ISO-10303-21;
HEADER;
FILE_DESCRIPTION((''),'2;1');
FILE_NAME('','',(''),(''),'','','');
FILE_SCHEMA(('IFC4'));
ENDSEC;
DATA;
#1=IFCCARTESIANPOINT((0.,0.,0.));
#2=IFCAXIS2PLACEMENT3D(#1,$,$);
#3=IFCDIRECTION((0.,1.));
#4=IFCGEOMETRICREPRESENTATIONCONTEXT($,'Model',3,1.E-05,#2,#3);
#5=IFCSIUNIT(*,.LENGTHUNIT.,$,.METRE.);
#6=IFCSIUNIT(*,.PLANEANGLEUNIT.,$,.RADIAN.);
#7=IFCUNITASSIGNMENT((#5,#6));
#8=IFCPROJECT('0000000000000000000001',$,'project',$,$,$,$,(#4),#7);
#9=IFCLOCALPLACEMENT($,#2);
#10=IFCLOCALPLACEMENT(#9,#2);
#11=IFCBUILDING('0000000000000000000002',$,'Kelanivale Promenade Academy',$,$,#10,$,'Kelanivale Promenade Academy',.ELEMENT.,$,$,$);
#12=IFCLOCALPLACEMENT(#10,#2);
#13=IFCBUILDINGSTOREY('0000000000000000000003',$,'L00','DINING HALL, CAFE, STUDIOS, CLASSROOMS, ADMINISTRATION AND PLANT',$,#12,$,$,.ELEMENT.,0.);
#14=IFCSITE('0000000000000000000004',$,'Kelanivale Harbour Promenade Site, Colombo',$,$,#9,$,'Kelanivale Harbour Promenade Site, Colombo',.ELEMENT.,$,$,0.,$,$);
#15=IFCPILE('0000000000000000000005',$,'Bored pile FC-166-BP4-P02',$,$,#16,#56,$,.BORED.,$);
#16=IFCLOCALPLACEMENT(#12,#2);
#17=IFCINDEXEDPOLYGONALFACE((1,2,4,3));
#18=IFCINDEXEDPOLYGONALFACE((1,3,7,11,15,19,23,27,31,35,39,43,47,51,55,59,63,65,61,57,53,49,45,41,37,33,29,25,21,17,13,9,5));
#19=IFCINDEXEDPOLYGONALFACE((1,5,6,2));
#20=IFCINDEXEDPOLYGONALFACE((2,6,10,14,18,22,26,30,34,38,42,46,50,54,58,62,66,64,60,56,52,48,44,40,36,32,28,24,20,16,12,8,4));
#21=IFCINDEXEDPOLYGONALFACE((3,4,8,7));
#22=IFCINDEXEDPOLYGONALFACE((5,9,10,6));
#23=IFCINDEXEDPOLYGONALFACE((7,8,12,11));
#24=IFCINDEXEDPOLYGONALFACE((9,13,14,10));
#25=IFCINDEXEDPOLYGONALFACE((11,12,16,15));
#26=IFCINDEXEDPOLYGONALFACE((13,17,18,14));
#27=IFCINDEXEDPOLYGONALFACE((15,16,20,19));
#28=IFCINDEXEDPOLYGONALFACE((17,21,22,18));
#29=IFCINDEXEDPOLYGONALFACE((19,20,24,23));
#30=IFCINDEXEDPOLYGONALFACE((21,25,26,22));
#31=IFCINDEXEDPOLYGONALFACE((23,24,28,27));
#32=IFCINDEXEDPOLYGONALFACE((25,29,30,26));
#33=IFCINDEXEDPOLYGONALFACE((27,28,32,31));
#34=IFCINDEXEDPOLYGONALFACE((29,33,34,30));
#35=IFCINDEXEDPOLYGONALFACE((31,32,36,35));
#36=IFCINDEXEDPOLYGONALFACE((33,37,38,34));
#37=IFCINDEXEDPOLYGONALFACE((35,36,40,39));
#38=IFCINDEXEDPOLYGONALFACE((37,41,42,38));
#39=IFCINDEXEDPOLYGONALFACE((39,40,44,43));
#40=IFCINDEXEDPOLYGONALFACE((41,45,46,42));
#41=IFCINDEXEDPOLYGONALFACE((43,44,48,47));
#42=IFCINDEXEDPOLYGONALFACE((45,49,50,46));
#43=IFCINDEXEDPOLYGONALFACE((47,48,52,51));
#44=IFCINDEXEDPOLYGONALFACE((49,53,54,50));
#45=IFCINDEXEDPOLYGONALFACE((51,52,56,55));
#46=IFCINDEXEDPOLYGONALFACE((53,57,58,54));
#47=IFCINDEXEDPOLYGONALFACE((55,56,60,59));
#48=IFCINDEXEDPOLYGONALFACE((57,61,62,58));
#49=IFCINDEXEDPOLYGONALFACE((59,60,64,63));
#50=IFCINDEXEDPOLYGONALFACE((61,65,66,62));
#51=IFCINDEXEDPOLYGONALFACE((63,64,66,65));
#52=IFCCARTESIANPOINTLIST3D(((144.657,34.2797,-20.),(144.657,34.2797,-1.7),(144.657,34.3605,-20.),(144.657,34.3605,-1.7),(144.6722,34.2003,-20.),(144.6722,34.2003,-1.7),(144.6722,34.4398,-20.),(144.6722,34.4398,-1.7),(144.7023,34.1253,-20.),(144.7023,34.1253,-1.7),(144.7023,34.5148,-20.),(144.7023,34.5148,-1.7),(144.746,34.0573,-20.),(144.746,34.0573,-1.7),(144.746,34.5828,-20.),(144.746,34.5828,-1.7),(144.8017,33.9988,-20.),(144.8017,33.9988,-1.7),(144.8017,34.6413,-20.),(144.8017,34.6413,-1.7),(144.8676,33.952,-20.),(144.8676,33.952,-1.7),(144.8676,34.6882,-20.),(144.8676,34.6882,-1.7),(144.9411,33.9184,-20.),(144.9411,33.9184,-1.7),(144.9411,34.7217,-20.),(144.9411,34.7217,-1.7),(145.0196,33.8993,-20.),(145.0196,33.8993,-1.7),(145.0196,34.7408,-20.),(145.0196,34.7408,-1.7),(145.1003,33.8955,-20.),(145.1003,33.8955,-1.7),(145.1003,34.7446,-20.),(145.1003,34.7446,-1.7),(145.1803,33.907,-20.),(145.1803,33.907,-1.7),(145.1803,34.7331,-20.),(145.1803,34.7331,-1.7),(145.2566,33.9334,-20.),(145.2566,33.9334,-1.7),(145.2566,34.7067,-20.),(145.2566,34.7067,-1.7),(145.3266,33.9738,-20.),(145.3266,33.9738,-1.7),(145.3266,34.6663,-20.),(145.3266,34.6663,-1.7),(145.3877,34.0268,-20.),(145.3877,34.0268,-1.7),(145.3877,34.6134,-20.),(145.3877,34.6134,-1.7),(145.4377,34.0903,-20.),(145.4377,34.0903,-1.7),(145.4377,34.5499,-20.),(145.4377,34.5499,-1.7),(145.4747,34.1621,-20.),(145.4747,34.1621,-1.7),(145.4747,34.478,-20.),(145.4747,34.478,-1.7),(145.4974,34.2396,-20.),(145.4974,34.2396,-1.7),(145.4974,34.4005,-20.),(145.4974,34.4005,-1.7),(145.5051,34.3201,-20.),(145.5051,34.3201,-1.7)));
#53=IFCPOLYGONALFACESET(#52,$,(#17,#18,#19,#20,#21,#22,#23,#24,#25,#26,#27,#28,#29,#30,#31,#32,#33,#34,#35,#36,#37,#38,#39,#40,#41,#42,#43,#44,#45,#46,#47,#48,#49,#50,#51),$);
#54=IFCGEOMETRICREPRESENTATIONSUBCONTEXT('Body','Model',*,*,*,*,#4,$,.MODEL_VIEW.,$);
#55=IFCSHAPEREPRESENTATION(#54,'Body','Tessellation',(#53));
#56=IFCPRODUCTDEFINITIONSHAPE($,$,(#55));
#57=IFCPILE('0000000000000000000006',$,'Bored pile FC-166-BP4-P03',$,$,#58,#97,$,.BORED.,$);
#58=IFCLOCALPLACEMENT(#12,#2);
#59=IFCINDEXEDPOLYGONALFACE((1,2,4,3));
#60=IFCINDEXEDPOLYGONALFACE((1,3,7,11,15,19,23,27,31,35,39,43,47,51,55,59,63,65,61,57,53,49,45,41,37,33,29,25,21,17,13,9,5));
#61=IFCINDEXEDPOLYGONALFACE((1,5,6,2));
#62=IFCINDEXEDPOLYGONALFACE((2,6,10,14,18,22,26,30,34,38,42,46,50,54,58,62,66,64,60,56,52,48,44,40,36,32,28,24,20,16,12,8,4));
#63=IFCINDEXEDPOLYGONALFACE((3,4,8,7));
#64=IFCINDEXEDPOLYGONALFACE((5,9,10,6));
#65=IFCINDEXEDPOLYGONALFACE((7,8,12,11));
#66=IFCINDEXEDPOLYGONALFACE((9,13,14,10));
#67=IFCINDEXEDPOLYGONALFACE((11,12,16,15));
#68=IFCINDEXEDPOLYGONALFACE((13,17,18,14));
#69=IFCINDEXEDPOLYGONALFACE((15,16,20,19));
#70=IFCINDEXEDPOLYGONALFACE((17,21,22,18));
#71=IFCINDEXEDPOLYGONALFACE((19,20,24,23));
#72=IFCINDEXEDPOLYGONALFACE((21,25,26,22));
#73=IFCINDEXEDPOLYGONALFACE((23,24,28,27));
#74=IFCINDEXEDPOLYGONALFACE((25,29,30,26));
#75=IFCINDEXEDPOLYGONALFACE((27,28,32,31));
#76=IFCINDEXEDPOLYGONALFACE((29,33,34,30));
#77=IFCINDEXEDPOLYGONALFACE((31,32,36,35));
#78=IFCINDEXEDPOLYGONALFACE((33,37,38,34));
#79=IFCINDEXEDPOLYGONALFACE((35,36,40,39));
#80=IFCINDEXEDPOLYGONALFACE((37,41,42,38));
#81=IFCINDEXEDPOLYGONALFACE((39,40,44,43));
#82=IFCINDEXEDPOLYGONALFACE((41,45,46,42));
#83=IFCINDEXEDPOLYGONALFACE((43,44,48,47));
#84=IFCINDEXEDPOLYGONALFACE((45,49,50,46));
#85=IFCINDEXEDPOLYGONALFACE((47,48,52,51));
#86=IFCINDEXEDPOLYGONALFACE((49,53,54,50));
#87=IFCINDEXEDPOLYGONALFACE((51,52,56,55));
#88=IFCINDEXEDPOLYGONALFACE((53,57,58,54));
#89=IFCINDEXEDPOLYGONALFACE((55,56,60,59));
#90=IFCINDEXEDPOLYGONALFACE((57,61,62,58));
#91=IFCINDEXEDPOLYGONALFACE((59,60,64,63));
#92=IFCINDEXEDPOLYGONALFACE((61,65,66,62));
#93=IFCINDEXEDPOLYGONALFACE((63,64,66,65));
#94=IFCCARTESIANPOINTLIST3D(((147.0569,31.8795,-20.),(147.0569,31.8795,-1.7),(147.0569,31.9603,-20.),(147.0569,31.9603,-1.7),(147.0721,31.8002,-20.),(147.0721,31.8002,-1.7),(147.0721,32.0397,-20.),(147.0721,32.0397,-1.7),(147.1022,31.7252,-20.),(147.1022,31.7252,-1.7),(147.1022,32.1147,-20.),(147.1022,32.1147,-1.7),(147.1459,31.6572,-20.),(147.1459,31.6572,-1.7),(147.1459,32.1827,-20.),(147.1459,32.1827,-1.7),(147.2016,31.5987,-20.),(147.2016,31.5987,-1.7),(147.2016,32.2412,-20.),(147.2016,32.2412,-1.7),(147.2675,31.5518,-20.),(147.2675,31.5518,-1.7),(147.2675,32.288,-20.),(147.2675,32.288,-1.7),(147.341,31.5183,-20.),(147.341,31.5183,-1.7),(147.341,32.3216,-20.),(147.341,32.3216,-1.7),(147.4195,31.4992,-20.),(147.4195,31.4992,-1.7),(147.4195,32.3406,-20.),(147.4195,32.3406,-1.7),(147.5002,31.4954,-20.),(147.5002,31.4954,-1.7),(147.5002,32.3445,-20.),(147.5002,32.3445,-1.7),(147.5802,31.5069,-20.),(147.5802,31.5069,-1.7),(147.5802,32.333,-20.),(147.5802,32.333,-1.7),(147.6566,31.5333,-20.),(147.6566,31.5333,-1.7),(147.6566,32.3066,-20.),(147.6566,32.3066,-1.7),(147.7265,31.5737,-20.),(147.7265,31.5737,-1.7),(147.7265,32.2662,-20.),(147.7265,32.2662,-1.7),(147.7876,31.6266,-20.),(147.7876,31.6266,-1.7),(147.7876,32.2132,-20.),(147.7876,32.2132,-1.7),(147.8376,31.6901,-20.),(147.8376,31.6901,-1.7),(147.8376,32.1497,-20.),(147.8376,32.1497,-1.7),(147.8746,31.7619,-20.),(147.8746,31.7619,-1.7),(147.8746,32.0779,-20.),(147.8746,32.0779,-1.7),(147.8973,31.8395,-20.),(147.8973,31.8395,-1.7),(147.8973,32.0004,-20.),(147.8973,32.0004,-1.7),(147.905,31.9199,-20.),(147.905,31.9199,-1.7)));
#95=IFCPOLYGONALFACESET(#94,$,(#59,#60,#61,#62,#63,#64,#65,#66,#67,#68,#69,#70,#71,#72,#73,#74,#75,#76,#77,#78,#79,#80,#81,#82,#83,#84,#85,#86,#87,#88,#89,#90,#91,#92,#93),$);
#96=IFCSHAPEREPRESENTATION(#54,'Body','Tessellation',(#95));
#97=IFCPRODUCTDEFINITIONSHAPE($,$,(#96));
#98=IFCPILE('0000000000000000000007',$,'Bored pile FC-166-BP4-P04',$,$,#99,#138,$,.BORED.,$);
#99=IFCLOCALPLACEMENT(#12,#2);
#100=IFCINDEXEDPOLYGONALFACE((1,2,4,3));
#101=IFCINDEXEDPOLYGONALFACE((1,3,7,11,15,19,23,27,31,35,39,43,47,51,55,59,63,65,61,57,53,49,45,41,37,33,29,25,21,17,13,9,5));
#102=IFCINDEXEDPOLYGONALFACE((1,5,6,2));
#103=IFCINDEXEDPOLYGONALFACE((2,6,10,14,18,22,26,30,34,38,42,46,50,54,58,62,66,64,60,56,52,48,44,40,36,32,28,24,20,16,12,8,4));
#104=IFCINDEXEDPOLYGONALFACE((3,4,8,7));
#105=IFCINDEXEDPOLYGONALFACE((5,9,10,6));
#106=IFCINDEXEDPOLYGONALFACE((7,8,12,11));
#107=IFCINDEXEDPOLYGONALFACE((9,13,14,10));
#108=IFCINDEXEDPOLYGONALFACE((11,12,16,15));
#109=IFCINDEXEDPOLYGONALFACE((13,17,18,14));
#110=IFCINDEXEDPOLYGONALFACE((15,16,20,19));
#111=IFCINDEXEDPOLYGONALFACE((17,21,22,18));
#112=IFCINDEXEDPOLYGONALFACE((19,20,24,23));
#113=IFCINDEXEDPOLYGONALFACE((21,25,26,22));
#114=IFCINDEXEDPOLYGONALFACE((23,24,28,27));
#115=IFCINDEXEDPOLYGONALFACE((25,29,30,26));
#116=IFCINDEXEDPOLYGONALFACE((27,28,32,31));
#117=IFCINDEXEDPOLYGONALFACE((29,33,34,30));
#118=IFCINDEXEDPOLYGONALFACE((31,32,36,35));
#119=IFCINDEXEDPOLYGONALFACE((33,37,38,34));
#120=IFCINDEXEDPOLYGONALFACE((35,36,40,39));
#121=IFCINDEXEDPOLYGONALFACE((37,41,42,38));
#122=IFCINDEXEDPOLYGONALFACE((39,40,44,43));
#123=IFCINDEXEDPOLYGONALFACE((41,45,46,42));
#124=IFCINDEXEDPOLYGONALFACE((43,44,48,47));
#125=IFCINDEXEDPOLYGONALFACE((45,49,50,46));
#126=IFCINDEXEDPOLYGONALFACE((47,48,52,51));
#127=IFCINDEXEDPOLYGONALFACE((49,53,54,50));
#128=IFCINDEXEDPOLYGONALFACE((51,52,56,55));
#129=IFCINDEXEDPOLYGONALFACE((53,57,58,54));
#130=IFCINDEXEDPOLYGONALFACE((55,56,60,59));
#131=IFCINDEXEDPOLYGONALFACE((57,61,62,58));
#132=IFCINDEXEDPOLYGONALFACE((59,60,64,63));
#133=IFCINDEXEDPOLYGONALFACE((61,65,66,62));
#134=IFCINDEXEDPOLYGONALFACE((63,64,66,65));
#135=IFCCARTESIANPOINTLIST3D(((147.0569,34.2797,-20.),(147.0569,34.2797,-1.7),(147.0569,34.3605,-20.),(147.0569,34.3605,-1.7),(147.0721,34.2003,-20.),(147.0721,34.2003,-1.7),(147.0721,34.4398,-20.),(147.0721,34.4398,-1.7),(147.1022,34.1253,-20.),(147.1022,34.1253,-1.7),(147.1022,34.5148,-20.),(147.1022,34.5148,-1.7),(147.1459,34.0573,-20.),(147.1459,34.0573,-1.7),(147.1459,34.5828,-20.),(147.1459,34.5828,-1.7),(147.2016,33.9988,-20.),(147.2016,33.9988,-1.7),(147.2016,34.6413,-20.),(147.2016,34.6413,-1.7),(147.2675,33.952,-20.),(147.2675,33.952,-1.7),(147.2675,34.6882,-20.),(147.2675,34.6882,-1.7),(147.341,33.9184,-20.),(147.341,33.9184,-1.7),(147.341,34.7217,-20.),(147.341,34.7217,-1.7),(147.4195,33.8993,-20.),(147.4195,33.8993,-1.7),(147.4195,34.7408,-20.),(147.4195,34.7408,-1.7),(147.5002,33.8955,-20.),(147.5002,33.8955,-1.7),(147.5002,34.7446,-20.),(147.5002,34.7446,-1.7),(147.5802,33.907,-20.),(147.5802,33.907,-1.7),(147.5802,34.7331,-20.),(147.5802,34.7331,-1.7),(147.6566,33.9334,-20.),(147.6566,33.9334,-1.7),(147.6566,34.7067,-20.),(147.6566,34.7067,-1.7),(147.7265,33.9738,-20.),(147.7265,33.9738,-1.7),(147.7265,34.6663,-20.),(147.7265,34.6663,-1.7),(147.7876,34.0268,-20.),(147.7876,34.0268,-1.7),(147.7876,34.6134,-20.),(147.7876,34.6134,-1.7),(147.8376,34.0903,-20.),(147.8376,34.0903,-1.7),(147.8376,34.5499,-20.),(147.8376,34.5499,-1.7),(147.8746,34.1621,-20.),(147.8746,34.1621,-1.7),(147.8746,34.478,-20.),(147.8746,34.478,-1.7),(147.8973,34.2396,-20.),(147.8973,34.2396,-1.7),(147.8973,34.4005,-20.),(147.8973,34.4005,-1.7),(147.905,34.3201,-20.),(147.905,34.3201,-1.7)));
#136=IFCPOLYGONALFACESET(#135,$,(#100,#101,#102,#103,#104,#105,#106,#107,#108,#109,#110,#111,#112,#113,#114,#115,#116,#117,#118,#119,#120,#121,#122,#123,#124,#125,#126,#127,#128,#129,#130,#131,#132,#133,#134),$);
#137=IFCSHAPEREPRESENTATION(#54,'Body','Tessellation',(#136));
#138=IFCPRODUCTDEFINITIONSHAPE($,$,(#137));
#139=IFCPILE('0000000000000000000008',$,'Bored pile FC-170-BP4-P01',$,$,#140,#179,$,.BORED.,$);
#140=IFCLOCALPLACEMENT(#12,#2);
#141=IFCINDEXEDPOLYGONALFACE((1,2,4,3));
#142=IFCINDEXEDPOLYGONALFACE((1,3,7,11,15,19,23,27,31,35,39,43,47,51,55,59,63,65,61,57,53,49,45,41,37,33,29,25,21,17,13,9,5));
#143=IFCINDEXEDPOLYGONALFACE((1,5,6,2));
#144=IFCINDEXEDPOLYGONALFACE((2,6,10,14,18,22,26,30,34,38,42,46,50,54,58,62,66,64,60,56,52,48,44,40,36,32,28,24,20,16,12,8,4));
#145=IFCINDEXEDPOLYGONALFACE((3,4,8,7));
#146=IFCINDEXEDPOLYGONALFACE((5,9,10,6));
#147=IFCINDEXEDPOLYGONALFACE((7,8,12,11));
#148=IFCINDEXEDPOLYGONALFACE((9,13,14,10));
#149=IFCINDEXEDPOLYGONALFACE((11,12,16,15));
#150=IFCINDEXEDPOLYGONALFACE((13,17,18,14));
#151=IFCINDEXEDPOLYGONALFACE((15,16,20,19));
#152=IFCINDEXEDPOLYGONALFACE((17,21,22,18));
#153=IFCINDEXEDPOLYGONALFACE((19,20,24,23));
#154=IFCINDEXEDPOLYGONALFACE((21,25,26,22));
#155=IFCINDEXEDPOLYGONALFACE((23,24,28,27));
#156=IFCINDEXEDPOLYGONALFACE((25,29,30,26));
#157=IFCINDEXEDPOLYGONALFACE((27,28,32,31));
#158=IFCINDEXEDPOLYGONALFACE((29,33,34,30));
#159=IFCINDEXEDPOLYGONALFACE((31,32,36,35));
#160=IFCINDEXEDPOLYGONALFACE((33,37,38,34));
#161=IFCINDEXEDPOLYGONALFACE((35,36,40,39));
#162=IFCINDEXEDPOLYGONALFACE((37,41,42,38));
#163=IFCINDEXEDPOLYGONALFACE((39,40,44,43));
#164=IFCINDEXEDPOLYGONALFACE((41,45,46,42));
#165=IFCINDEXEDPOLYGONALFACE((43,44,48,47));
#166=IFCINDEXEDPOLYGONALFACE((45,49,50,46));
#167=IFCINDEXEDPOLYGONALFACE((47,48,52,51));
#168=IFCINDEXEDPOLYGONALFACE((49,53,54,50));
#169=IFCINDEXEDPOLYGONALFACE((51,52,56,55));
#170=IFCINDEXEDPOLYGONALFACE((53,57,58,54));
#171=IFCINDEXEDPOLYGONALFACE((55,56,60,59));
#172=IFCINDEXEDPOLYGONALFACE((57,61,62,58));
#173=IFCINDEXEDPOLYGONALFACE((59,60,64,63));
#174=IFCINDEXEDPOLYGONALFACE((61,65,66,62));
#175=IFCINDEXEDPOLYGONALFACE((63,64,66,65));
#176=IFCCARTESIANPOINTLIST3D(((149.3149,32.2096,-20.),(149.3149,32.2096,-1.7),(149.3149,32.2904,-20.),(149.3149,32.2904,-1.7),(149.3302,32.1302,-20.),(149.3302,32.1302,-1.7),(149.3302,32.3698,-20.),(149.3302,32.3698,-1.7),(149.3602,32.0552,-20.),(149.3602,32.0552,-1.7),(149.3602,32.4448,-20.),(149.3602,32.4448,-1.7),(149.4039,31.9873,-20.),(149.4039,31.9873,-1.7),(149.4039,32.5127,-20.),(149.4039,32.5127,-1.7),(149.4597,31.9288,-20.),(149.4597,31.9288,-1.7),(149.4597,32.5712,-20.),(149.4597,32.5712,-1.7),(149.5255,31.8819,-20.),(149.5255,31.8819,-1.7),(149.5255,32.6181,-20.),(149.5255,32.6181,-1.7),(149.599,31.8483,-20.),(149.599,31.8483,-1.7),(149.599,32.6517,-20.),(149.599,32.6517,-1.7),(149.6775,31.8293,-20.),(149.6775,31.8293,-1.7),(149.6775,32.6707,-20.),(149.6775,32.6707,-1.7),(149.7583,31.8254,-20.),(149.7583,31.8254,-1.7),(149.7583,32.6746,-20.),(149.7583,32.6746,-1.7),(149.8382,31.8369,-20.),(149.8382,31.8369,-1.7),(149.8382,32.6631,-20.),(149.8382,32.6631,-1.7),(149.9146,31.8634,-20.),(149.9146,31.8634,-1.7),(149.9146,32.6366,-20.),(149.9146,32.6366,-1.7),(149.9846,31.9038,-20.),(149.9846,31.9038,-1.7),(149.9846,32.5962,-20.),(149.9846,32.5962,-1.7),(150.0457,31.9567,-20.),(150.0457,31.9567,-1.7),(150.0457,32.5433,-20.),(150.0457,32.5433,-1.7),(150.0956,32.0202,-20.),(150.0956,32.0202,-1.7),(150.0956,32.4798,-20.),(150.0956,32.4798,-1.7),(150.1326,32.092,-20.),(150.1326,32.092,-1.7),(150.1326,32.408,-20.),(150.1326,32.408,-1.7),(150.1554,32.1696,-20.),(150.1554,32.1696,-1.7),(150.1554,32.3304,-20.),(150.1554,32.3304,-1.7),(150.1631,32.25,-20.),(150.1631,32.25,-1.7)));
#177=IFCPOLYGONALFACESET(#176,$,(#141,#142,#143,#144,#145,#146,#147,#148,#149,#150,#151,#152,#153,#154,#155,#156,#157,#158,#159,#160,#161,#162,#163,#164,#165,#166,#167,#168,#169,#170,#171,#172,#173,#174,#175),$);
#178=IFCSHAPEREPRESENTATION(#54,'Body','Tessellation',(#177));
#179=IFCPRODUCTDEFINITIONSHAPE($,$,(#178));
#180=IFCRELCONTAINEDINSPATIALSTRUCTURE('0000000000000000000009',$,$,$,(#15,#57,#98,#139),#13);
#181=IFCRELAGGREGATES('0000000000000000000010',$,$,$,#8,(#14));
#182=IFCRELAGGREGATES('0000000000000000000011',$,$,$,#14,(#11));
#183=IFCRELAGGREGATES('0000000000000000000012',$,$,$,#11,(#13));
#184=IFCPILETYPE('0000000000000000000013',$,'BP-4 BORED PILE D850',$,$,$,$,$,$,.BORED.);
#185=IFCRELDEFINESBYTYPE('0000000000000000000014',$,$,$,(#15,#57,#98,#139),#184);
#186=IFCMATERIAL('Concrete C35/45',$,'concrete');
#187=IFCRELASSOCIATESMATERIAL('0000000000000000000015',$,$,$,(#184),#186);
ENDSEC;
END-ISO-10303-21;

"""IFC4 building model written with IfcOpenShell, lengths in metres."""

from ifc_helpers import new_model, si_unit, direction, frame, origin, origin_2d, place, context, subcontext, project, spatial, circle, extrude, material, material_profile, profile_set, type_object, element, save


model = new_model("IFC4")

# Units and contexts
model_context = context("Model", 3, precision=1e-05, world=origin(), true_north=direction((0.0, 1.0)))
body_context = subcontext(model_context, "Body", "Model", "MODEL_VIEW")
ifc_project = project(units=[si_unit("LENGTHUNIT", "METRE"), si_unit("PLANEANGLEUNIT", "RADIAN")], contexts=[model_context])

# Site, building, storey
site_placement = place(None, origin())
site = spatial("IfcSite", under=ifc_project, at=site_placement, Name="Kelanivale Harbour Promenade Site, Colombo", LongName="Kelanivale Harbour Promenade Site, Colombo", CompositionType="ELEMENT", RefElevation=0.0)
building_placement = place(site_placement, origin())
building = spatial("IfcBuilding", under=site, at=building_placement, Name="Kelanivale Promenade Academy", LongName="Kelanivale Promenade Academy", CompositionType="ELEMENT")
storey_placement = place(building_placement, origin())
storey = spatial("IfcBuildingStorey", under=building, at=storey_placement, Name="L00", Description="DINING HALL, CAFE, STUDIOS, CLASSROOMS, ADMINISTRATION AND PLANT", CompositionType="ELEMENT", Elevation=0.0)

# Piles
ifc_material_1 = material(Name="Concrete C35/45", Category="concrete")
ifc_material_profile_1 = material_profile(ifc_material_1, circle(Radius=0.425, at=origin_2d()), Name="BORED PILE D850")
ifc_profile_set_1 = profile_set([ifc_material_profile_1], Name="Concrete C35/45")
pile_type_1 = type_object("IfcPileType", Name="BP-4 BORED PILE D850", PredefinedType="BORED", material=ifc_profile_set_1)
for number, where, z_axis, x_axis, name in (
    (1, (145.0801, 34.3201, -1.7), (0.0, 0.0, -1.0), (1.0, 0.0, 0.0), "Bored pile FC-166-BP4-P02"),
    (2, (147.48, 31.9199, -1.7), (0.0, 0.0, -1.0), (1.0, 0.0, 0.0), "Bored pile FC-166-BP4-P03"),
    (3, (147.48, 34.3201, -1.7), (0.0, 0.0, -1.0), (1.0, 0.0, 0.0), "Bored pile FC-166-BP4-P04"),
    (4, (149.738, 32.25, -1.7), (0.0, 0.0, -1.0), (1.0, 0.0, 0.0), "Bored pile FC-170-BP4-P01"),
):
    element("IfcPile", number, at=place(storey_placement, frame(where, z_axis=z_axis, x_axis=x_axis)), inside=storey, type_object=pile_type_1, Name=name, PredefinedType="BORED", context=body_context, shape_type="SweptSolid", body=[
        extrude(circle(Radius=0.425, at=origin_2d()), origin(), (0.0, 0.0, 1.0), 18.3),
    ])

save(model, "model.ifc")
